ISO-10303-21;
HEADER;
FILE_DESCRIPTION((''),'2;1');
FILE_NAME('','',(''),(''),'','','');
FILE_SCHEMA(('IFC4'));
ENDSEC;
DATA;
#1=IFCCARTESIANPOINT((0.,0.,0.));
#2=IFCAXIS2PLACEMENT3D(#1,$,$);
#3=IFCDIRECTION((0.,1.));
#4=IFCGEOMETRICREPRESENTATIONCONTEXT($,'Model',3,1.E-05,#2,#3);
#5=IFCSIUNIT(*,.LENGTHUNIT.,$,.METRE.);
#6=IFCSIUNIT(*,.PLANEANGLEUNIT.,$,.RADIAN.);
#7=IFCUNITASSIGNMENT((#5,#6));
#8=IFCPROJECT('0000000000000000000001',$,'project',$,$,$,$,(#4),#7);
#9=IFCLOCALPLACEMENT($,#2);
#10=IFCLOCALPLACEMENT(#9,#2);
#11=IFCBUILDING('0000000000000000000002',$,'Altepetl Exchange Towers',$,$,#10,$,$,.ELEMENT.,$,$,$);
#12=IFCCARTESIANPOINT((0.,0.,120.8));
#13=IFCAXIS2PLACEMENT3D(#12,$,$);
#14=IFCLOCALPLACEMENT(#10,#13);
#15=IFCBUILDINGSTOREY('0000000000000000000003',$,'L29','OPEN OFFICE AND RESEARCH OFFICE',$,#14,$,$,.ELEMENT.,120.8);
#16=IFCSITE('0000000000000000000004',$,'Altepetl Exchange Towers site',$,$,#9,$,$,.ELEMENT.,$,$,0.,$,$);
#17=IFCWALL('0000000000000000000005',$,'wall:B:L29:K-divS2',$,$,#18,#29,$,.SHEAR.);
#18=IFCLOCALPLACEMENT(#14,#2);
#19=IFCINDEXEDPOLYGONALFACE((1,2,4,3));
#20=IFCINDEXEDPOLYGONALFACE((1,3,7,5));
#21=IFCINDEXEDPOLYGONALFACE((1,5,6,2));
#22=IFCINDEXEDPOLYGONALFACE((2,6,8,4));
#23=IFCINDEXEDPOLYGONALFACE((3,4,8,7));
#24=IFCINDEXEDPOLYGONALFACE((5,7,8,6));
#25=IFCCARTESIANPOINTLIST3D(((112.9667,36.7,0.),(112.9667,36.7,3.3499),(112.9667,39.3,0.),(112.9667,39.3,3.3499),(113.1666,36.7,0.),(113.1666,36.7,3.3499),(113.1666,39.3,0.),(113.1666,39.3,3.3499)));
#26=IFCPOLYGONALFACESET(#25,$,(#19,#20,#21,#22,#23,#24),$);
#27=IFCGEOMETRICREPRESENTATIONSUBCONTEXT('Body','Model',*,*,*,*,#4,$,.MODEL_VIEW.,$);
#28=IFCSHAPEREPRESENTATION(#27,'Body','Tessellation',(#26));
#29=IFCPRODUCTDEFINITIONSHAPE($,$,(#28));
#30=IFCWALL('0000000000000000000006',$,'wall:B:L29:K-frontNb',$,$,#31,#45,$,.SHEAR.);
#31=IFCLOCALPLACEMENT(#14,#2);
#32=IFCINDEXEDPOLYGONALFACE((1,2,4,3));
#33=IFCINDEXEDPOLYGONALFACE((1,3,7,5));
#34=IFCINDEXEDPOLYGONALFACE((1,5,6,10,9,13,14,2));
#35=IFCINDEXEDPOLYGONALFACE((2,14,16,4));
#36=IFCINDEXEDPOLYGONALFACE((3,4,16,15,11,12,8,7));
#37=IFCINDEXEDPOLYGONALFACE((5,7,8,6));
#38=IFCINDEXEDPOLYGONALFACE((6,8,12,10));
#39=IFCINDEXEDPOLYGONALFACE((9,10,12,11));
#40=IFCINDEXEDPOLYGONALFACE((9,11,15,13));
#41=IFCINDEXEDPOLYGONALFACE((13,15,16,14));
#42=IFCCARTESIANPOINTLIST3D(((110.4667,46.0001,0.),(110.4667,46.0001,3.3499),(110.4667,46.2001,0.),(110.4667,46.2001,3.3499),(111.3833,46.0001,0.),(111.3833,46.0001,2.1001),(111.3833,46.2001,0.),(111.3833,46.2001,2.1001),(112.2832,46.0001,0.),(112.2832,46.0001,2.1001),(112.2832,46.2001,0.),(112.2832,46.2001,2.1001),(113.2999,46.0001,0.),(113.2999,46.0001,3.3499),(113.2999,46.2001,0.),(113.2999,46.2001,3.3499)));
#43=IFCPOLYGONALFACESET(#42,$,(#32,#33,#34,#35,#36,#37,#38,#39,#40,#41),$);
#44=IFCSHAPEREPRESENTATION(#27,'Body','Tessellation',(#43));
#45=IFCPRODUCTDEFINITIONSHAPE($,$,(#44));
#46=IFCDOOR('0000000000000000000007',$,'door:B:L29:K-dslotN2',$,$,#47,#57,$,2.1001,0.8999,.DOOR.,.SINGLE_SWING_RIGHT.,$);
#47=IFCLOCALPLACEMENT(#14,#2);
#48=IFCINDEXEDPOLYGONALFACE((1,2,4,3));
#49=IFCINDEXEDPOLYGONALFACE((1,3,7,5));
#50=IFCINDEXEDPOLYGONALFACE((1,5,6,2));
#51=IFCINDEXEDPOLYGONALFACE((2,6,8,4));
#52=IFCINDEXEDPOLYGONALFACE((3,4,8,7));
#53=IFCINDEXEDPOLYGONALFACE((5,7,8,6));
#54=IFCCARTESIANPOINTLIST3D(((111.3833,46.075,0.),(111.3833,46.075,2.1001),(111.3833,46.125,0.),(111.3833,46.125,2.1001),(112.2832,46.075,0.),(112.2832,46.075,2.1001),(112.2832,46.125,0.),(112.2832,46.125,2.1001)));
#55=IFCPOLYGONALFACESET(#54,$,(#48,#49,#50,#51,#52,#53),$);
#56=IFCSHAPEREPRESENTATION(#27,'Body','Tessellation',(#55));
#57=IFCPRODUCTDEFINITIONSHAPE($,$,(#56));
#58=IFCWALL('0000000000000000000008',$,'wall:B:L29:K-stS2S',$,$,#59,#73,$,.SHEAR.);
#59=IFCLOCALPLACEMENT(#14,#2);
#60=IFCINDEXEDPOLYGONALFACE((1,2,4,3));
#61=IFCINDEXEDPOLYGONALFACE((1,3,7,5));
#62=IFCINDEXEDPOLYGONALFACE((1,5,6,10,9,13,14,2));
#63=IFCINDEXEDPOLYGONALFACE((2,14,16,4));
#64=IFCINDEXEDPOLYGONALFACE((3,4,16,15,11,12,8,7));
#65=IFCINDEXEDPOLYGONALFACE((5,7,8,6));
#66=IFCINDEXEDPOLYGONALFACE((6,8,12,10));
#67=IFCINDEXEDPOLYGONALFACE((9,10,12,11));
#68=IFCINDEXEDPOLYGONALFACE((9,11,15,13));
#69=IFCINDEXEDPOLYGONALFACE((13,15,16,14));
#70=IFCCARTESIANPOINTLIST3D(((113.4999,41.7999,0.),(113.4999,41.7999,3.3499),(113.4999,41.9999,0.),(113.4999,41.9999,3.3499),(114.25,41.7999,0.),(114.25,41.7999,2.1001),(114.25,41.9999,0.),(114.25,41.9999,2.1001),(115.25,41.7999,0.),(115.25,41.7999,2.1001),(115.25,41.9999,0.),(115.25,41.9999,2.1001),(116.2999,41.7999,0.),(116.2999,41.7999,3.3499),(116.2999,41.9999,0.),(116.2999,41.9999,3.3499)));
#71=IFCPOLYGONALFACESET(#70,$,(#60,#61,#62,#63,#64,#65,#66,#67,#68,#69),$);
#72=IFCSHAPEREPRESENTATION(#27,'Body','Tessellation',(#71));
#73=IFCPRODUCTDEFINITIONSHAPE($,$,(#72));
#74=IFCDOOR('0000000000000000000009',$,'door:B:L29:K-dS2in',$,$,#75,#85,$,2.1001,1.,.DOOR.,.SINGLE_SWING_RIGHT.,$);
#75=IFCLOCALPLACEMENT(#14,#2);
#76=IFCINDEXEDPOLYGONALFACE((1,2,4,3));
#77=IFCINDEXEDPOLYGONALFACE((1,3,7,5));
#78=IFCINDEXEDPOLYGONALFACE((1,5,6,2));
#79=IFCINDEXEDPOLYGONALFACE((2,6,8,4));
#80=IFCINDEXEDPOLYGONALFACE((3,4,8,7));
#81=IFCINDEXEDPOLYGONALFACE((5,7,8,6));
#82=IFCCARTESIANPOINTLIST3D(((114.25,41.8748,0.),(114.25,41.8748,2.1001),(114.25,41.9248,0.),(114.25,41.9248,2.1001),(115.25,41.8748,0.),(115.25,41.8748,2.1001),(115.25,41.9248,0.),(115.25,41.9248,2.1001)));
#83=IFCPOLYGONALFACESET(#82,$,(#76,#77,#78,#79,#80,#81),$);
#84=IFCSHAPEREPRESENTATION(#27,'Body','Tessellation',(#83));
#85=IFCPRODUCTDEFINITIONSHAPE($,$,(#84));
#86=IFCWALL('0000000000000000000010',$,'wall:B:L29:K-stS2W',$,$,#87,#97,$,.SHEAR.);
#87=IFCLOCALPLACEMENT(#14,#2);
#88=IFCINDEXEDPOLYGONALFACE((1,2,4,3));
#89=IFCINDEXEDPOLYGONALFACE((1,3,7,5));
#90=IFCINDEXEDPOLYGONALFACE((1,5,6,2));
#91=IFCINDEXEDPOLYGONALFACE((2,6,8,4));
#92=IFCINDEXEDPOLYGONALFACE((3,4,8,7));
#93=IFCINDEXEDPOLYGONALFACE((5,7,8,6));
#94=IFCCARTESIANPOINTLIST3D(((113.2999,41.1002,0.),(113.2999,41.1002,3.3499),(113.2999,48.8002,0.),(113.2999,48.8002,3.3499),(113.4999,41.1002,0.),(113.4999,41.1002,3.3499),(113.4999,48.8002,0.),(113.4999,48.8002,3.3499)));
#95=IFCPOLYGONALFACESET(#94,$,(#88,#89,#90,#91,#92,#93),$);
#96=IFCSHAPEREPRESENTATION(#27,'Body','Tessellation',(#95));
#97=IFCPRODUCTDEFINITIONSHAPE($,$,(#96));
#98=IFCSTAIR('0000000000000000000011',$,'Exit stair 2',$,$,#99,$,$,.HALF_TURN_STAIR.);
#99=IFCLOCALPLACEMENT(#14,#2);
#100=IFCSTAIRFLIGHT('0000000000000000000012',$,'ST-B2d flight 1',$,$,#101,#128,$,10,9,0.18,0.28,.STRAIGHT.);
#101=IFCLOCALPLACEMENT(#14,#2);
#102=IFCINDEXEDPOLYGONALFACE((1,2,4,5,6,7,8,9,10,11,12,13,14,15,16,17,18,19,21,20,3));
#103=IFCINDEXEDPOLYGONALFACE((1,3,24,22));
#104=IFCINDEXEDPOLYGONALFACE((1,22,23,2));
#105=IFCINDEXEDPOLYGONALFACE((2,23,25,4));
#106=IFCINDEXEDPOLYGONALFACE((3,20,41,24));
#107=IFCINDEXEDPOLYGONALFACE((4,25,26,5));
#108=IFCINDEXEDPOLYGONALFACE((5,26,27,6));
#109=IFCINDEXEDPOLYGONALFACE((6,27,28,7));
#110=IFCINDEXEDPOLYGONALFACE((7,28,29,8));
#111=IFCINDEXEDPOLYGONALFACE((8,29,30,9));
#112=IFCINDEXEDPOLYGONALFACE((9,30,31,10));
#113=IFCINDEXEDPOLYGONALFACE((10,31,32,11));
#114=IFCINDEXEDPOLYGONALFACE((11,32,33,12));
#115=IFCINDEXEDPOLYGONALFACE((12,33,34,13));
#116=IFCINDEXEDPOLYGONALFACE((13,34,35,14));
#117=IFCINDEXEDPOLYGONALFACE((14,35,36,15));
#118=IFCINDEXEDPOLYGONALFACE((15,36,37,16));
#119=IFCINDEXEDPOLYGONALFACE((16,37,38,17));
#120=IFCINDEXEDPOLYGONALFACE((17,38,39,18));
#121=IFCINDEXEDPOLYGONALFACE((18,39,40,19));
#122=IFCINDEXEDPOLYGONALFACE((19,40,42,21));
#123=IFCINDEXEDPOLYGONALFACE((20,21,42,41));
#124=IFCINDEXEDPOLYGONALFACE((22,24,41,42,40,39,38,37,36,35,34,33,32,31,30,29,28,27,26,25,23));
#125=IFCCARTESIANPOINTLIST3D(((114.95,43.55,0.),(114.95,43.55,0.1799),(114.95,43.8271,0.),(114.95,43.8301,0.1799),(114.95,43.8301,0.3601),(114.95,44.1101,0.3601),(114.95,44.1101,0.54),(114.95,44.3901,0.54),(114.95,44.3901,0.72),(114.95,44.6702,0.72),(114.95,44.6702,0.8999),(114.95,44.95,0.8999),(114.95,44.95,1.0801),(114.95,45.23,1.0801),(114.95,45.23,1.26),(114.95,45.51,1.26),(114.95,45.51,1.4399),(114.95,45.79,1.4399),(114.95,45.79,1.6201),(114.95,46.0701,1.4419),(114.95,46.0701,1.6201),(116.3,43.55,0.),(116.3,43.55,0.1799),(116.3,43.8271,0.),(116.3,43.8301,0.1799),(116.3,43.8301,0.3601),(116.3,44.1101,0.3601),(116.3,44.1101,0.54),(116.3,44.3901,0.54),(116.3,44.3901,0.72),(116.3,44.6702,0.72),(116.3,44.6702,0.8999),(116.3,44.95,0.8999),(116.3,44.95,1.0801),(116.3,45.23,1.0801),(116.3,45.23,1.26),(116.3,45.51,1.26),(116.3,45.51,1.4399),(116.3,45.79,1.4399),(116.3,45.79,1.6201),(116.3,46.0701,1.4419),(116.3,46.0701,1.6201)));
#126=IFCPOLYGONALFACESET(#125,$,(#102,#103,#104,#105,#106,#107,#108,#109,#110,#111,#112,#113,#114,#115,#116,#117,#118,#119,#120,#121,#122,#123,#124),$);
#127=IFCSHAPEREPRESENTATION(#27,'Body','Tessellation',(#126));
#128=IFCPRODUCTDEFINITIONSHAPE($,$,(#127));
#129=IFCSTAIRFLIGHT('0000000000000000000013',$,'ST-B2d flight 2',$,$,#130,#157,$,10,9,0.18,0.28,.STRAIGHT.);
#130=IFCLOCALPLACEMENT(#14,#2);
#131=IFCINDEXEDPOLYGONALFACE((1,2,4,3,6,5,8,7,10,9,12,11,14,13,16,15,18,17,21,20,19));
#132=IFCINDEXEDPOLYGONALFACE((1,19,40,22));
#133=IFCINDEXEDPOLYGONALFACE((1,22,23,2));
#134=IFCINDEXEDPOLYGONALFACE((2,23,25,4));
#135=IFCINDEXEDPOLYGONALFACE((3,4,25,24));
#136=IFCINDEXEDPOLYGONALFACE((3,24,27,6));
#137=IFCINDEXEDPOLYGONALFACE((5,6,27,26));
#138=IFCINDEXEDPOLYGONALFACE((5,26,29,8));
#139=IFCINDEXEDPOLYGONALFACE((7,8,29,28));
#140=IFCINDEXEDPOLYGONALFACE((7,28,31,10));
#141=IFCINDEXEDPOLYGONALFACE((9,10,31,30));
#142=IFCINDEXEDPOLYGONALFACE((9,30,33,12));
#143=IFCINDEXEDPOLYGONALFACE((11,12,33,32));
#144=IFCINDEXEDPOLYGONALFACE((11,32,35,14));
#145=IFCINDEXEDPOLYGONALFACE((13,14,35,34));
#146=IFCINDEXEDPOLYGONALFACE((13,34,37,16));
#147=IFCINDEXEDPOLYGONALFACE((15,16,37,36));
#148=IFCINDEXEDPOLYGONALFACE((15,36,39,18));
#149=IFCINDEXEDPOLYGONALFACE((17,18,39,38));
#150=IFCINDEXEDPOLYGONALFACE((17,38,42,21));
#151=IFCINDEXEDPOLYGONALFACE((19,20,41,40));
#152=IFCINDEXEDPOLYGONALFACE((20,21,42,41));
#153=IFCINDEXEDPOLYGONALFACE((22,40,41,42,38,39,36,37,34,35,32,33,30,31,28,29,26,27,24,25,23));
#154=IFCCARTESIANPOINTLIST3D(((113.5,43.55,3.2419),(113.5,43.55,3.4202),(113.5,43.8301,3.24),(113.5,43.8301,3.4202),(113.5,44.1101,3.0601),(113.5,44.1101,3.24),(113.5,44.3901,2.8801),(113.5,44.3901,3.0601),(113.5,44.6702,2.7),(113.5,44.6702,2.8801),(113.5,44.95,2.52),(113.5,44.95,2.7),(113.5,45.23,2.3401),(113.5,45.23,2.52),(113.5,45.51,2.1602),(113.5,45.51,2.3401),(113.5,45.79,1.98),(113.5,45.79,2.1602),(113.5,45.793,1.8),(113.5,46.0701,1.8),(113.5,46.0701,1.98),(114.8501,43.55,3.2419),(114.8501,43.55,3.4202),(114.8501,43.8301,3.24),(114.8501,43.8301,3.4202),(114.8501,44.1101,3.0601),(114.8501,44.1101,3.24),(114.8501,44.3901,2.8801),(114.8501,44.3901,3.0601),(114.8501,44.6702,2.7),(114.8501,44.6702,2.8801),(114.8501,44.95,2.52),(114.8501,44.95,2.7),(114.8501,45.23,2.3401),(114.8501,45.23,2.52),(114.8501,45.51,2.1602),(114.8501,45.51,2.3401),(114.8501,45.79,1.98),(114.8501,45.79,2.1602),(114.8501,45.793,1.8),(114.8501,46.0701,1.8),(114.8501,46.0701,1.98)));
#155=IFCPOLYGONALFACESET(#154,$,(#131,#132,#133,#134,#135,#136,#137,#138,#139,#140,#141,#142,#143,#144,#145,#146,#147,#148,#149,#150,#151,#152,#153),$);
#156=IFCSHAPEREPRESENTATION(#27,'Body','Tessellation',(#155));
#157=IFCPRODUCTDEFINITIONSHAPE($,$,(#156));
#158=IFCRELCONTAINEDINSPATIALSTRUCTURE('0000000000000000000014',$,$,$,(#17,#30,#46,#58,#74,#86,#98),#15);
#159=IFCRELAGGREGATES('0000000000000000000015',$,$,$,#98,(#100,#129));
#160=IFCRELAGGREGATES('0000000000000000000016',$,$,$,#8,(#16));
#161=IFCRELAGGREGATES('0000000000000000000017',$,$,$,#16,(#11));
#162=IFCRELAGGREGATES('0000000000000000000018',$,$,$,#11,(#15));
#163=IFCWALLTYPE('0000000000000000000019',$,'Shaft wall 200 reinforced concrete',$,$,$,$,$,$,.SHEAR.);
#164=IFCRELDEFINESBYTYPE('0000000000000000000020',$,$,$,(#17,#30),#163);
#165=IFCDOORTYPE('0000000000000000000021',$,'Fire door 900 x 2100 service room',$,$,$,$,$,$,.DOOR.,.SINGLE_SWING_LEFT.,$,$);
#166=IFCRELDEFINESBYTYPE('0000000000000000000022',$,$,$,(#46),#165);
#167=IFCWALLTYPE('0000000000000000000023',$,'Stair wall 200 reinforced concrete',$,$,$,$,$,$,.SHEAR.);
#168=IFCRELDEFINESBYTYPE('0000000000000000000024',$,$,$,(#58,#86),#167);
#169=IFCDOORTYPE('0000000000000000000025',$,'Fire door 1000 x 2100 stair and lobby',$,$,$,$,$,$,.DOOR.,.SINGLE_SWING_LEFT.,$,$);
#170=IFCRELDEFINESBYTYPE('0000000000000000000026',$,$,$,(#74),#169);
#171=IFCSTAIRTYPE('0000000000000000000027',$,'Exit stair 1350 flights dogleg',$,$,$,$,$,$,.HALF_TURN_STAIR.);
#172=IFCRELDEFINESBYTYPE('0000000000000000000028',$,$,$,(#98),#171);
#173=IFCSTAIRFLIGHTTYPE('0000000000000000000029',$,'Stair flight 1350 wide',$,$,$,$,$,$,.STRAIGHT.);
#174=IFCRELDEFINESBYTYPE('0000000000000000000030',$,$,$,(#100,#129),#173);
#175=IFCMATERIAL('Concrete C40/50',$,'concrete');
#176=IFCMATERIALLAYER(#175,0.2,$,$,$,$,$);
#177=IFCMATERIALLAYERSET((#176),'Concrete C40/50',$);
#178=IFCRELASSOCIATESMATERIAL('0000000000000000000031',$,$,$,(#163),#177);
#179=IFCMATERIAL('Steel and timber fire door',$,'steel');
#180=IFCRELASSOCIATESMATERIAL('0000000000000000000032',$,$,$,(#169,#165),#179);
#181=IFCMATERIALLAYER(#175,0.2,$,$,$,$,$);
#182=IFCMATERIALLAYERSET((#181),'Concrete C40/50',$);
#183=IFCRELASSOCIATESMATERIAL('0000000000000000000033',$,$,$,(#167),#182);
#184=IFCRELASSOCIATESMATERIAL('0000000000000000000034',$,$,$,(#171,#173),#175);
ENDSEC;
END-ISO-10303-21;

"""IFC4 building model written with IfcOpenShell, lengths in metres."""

from ifc_helpers import new_model, si_unit, direction, frame, frame_2d, origin, place, context, subcontext, project, spatial, polyline, rectangle, outline, extrude, material, layer, layer_set, type_object, element, fill, aggregate, save


model = new_model("IFC4")

# Units and contexts
model_context = context("Model", 3, precision=1e-05, world=origin(), true_north=direction((0.0, 1.0)))
body_context = subcontext(model_context, "Body", "Model", "MODEL_VIEW")
ifc_project = project(units=[si_unit("LENGTHUNIT", "METRE"), si_unit("PLANEANGLEUNIT", "RADIAN")], contexts=[model_context])

# Site, building, storey
site_placement = place(None, origin())
site = spatial("IfcSite", under=ifc_project, at=site_placement, Name="Altepetl Exchange Towers site", CompositionType="ELEMENT", RefElevation=0.0)
building_placement = place(site_placement, origin())
building = spatial("IfcBuilding", under=site, at=building_placement, Name="Altepetl Exchange Towers", CompositionType="ELEMENT")
storey_placement = place(building_placement, frame((0.0, 0.0, 120.8)))
storey = spatial("IfcBuildingStorey", under=building, at=storey_placement, Name="L29", Description="OPEN OFFICE AND RESEARCH OFFICE", CompositionType="ELEMENT", Elevation=120.8)

# Shared definitions
ifc_material_1 = material(Name="Concrete C40/50", Category="concrete")
ifc_layer_1 = layer(ifc_material_1, 0.2)
ifc_layer_set_1 = layer_set([ifc_layer_1], Name="Concrete C40/50")
wall_type_1 = type_object("IfcWallType", Name="Shaft wall 200 reinforced concrete", PredefinedType="SHEAR", material=ifc_layer_set_1)
ifc_material_2 = material(Name="Steel and timber fire door", Category="steel")
door_type_1 = type_object("IfcDoorType", Name="Fire door 1000 x 2100 stair and lobby", OperationType="SINGLE_SWING_LEFT", PredefinedType="DOOR", material=ifc_material_2)

# Wall
wall_1_placement = place(storey_placement, frame((113.0667, 36.7, 0.0), z_axis=(0.0, 0.0, 1.0), x_axis=(0.0, 1.0, 0.0)))
element("IfcWall", 1, at=wall_1_placement, inside=storey, type_object=wall_type_1, Name="wall:B:L29:K-divS2", PredefinedType="SHEAR", context=body_context, shape_type="SweptSolid", body=[
    extrude(rectangle(XDim=2.6001, YDim=0.2, at=frame_2d((1.3, 0.0))), origin(), (0.0, 0.0, 1.0), 3.3499),
])

# Walls, openings, doors
wall_2_placement = place(storey_placement, frame((110.4668, 46.1001, 0.0)))
wall_2 = element("IfcWall", 2, at=wall_2_placement, inside=storey, type_object=wall_type_1, Name="wall:B:L29:K-frontNb", PredefinedType="SHEAR", context=body_context, shape_type="SweptSolid", body=[
    extrude(rectangle(XDim=2.8333, YDim=0.2, at=frame_2d((1.4165, 0.0))), origin(), (0.0, 0.0, 1.0), 3.3499),
])
opening_1_placement = place(wall_2_placement, frame((0.9165, 0.0, 0.0)))
opening_1 = element("IfcOpeningElement", 3, at=opening_1_placement, cuts=wall_2, PredefinedType="OPENING", context=body_context, shape_type="SweptSolid", body=[
    extrude(rectangle(XDim=0.8999, YDim=2.1001, at=frame_2d((0.45, 1.05))), frame((0.0, 0.1099, 0.0), z_axis=(0.0, -1.0, 0.0), x_axis=(1.0, 0.0, 0.0)), (0.0, 0.0, 1.0), 0.22),
])
door_type_2 = type_object("IfcDoorType", Name="Fire door 900 x 2100 service room", OperationType="SINGLE_SWING_LEFT", PredefinedType="DOOR", material=ifc_material_2)
door_1_placement = place(opening_1_placement, origin())
door_1 = element("IfcDoor", 4, at=door_1_placement, inside=storey, type_object=door_type_2, Name="door:B:L29:K-dslotN2", OperationType="SINGLE_SWING_RIGHT", OverallHeight=2.1001, OverallWidth=0.8999, PredefinedType="DOOR", context=body_context, shape_type="SweptSolid", body=[
    extrude(rectangle(XDim=0.8999, YDim=2.1001, at=frame_2d((0.45, 1.05))), frame((0.0, 0.0249, 0.0), z_axis=(0.0, -1.0, 0.0), x_axis=(1.0, 0.0, 0.0)), (0.0, 0.0, 1.0), 0.05),
])
fill(opening_1, door_1)
ifc_layer_2 = layer(ifc_material_1, 0.2)
ifc_layer_set_2 = layer_set([ifc_layer_2], Name="Concrete C40/50")
wall_type_2 = type_object("IfcWallType", Name="Stair wall 200 reinforced concrete", PredefinedType="SHEAR", material=ifc_layer_set_2)
wall_3_placement = place(storey_placement, frame((113.5, 41.8999, 0.0)))
wall_3 = element("IfcWall", 5, at=wall_3_placement, inside=storey, type_object=wall_type_2, Name="wall:B:L29:K-stS2S", PredefinedType="SHEAR", context=body_context, shape_type="SweptSolid", body=[
    extrude(rectangle(XDim=2.8, YDim=0.2, at=frame_2d((1.3999, 0.0))), origin(), (0.0, 0.0, 1.0), 3.3499),
])
opening_2_placement = place(wall_3_placement, frame((0.75, 0.0, 0.0)))
opening_2 = element("IfcOpeningElement", 6, at=opening_2_placement, cuts=wall_3, PredefinedType="OPENING", context=body_context, shape_type="SweptSolid", body=[
    extrude(rectangle(XDim=1.0, YDim=2.1001, at=frame_2d((0.5, 1.05))), frame((0.0, 0.1099, 0.0), z_axis=(0.0, -1.0, 0.0), x_axis=(1.0, 0.0, 0.0)), (0.0, 0.0, 1.0), 0.22),
])
door_2_placement = place(opening_2_placement, origin())
door_2 = element("IfcDoor", 7, at=door_2_placement, inside=storey, type_object=door_type_1, Name="door:B:L29:K-dS2in", OperationType="SINGLE_SWING_RIGHT", OverallHeight=2.1001, OverallWidth=1.0, PredefinedType="DOOR", context=body_context, shape_type="SweptSolid", body=[
    extrude(rectangle(XDim=1.0, YDim=2.1001, at=frame_2d((0.5, 1.05))), frame((0.0, 0.0249, 0.0), z_axis=(0.0, -1.0, 0.0), x_axis=(1.0, 0.0, 0.0)), (0.0, 0.0, 1.0), 0.05),
])
fill(opening_2, door_2)

# Wall
wall_4_placement = place(storey_placement, frame((113.3999, 41.1001, 0.0), z_axis=(0.0, 0.0, 1.0), x_axis=(0.0, 1.0, 0.0)))
element("IfcWall", 8, at=wall_4_placement, inside=storey, type_object=wall_type_2, Name="wall:B:L29:K-stS2W", PredefinedType="SHEAR", context=body_context, shape_type="SweptSolid", body=[
    extrude(rectangle(XDim=7.7, YDim=0.2, at=frame_2d((3.8501, 0.0))), origin(), (0.0, 0.0, 1.0), 3.3499),
])

# Stair, stair flights
stair_type = type_object("IfcStairType", Name="Exit stair 1350 flights dogleg", PredefinedType="HALF_TURN_STAIR", material=ifc_material_1)
stair_placement = place(storey_placement, origin())
stair = element("IfcStair", 9, at=stair_placement, inside=storey, type_object=stair_type, Name="Exit stair 2", PredefinedType="HALF_TURN_STAIR")
stair_flight_type = type_object("IfcStairFlightType", Name="Stair flight 1350 wide", PredefinedType="STRAIGHT", material=ifc_material_1)
stair_flight_1_placement = place(storey_placement, frame((115.625, 43.55, 0.0), z_axis=(0.0, 0.0, 1.0), x_axis=(0.0, 1.0, 0.0)))
stair_flight_1 = element("IfcStairFlight", 10, at=stair_flight_1_placement, type_object=stair_flight_type, Name="ST-B2d flight 1", NumberOfRisers=10, NumberOfTreads=9, PredefinedType="STRAIGHT", RiserHeight=0.18, TreadLength=0.28, context=body_context, shape_type="SweptSolid", body=[
    extrude(outline(polyline([(0.0, 0.0), (0.0, 0.1799), (0.28, 0.1799), (0.28, 0.3601), (0.5601, 0.3601), (0.5601, 0.54), (0.8401, 0.54), (0.8401, 0.72), (1.1201, 0.72), (1.1201, 0.8999), (1.3999, 0.8999), (1.3999, 1.0801), (1.6799, 1.0801), (1.6799, 1.26), (1.96, 1.26), (1.96, 1.4399), (2.24, 1.4399), (2.24, 1.6201), (2.52, 1.6201), (2.52, 1.8), (2.52, 1.4419), (0.2771, 0.0), (0.0, 0.0)])), frame((0.0, 0.675, 0.0), z_axis=(0.0, -1.0, 0.0), x_axis=(1.0, 0.0, 0.0)), (0.0, 0.0, 1.0), 1.3501),
])
stair_flight_2_placement = place(storey_placement, frame((114.175, 46.0701, 1.8), z_axis=(0.0, 0.0, 1.0), x_axis=(0.0, -1.0, 0.0)))
stair_flight_2 = element("IfcStairFlight", 11, at=stair_flight_2_placement, type_object=stair_flight_type, Name="ST-B2d flight 2", NumberOfRisers=10, NumberOfTreads=9, PredefinedType="STRAIGHT", RiserHeight=0.18, TreadLength=0.28, context=body_context, shape_type="SweptSolid", body=[
    extrude(outline(polyline([(0.0, 0.0), (0.0, 0.1799), (0.28, 0.1799), (0.28, 0.3601), (0.5601, 0.3601), (0.5601, 0.54), (0.8401, 0.54), (0.8401, 0.72), (1.1201, 0.72), (1.1201, 0.8999), (1.3999, 0.8999), (1.3999, 1.0801), (1.6799, 1.0801), (1.6799, 1.26), (1.96, 1.26), (1.96, 1.4399), (2.24, 1.4399), (2.24, 1.6201), (2.52, 1.6201), (2.52, 1.8), (2.52, 1.4419), (0.2771, 0.0), (0.0, 0.0)])), frame((0.0, 0.675, 0.0), z_axis=(0.0, -1.0, 0.0), x_axis=(1.0, 0.0, 0.0)), (0.0, 0.0, 1.0), 1.3501),
])
aggregate(stair, [stair_flight_1, stair_flight_2])

save(model, "model.ifc")
